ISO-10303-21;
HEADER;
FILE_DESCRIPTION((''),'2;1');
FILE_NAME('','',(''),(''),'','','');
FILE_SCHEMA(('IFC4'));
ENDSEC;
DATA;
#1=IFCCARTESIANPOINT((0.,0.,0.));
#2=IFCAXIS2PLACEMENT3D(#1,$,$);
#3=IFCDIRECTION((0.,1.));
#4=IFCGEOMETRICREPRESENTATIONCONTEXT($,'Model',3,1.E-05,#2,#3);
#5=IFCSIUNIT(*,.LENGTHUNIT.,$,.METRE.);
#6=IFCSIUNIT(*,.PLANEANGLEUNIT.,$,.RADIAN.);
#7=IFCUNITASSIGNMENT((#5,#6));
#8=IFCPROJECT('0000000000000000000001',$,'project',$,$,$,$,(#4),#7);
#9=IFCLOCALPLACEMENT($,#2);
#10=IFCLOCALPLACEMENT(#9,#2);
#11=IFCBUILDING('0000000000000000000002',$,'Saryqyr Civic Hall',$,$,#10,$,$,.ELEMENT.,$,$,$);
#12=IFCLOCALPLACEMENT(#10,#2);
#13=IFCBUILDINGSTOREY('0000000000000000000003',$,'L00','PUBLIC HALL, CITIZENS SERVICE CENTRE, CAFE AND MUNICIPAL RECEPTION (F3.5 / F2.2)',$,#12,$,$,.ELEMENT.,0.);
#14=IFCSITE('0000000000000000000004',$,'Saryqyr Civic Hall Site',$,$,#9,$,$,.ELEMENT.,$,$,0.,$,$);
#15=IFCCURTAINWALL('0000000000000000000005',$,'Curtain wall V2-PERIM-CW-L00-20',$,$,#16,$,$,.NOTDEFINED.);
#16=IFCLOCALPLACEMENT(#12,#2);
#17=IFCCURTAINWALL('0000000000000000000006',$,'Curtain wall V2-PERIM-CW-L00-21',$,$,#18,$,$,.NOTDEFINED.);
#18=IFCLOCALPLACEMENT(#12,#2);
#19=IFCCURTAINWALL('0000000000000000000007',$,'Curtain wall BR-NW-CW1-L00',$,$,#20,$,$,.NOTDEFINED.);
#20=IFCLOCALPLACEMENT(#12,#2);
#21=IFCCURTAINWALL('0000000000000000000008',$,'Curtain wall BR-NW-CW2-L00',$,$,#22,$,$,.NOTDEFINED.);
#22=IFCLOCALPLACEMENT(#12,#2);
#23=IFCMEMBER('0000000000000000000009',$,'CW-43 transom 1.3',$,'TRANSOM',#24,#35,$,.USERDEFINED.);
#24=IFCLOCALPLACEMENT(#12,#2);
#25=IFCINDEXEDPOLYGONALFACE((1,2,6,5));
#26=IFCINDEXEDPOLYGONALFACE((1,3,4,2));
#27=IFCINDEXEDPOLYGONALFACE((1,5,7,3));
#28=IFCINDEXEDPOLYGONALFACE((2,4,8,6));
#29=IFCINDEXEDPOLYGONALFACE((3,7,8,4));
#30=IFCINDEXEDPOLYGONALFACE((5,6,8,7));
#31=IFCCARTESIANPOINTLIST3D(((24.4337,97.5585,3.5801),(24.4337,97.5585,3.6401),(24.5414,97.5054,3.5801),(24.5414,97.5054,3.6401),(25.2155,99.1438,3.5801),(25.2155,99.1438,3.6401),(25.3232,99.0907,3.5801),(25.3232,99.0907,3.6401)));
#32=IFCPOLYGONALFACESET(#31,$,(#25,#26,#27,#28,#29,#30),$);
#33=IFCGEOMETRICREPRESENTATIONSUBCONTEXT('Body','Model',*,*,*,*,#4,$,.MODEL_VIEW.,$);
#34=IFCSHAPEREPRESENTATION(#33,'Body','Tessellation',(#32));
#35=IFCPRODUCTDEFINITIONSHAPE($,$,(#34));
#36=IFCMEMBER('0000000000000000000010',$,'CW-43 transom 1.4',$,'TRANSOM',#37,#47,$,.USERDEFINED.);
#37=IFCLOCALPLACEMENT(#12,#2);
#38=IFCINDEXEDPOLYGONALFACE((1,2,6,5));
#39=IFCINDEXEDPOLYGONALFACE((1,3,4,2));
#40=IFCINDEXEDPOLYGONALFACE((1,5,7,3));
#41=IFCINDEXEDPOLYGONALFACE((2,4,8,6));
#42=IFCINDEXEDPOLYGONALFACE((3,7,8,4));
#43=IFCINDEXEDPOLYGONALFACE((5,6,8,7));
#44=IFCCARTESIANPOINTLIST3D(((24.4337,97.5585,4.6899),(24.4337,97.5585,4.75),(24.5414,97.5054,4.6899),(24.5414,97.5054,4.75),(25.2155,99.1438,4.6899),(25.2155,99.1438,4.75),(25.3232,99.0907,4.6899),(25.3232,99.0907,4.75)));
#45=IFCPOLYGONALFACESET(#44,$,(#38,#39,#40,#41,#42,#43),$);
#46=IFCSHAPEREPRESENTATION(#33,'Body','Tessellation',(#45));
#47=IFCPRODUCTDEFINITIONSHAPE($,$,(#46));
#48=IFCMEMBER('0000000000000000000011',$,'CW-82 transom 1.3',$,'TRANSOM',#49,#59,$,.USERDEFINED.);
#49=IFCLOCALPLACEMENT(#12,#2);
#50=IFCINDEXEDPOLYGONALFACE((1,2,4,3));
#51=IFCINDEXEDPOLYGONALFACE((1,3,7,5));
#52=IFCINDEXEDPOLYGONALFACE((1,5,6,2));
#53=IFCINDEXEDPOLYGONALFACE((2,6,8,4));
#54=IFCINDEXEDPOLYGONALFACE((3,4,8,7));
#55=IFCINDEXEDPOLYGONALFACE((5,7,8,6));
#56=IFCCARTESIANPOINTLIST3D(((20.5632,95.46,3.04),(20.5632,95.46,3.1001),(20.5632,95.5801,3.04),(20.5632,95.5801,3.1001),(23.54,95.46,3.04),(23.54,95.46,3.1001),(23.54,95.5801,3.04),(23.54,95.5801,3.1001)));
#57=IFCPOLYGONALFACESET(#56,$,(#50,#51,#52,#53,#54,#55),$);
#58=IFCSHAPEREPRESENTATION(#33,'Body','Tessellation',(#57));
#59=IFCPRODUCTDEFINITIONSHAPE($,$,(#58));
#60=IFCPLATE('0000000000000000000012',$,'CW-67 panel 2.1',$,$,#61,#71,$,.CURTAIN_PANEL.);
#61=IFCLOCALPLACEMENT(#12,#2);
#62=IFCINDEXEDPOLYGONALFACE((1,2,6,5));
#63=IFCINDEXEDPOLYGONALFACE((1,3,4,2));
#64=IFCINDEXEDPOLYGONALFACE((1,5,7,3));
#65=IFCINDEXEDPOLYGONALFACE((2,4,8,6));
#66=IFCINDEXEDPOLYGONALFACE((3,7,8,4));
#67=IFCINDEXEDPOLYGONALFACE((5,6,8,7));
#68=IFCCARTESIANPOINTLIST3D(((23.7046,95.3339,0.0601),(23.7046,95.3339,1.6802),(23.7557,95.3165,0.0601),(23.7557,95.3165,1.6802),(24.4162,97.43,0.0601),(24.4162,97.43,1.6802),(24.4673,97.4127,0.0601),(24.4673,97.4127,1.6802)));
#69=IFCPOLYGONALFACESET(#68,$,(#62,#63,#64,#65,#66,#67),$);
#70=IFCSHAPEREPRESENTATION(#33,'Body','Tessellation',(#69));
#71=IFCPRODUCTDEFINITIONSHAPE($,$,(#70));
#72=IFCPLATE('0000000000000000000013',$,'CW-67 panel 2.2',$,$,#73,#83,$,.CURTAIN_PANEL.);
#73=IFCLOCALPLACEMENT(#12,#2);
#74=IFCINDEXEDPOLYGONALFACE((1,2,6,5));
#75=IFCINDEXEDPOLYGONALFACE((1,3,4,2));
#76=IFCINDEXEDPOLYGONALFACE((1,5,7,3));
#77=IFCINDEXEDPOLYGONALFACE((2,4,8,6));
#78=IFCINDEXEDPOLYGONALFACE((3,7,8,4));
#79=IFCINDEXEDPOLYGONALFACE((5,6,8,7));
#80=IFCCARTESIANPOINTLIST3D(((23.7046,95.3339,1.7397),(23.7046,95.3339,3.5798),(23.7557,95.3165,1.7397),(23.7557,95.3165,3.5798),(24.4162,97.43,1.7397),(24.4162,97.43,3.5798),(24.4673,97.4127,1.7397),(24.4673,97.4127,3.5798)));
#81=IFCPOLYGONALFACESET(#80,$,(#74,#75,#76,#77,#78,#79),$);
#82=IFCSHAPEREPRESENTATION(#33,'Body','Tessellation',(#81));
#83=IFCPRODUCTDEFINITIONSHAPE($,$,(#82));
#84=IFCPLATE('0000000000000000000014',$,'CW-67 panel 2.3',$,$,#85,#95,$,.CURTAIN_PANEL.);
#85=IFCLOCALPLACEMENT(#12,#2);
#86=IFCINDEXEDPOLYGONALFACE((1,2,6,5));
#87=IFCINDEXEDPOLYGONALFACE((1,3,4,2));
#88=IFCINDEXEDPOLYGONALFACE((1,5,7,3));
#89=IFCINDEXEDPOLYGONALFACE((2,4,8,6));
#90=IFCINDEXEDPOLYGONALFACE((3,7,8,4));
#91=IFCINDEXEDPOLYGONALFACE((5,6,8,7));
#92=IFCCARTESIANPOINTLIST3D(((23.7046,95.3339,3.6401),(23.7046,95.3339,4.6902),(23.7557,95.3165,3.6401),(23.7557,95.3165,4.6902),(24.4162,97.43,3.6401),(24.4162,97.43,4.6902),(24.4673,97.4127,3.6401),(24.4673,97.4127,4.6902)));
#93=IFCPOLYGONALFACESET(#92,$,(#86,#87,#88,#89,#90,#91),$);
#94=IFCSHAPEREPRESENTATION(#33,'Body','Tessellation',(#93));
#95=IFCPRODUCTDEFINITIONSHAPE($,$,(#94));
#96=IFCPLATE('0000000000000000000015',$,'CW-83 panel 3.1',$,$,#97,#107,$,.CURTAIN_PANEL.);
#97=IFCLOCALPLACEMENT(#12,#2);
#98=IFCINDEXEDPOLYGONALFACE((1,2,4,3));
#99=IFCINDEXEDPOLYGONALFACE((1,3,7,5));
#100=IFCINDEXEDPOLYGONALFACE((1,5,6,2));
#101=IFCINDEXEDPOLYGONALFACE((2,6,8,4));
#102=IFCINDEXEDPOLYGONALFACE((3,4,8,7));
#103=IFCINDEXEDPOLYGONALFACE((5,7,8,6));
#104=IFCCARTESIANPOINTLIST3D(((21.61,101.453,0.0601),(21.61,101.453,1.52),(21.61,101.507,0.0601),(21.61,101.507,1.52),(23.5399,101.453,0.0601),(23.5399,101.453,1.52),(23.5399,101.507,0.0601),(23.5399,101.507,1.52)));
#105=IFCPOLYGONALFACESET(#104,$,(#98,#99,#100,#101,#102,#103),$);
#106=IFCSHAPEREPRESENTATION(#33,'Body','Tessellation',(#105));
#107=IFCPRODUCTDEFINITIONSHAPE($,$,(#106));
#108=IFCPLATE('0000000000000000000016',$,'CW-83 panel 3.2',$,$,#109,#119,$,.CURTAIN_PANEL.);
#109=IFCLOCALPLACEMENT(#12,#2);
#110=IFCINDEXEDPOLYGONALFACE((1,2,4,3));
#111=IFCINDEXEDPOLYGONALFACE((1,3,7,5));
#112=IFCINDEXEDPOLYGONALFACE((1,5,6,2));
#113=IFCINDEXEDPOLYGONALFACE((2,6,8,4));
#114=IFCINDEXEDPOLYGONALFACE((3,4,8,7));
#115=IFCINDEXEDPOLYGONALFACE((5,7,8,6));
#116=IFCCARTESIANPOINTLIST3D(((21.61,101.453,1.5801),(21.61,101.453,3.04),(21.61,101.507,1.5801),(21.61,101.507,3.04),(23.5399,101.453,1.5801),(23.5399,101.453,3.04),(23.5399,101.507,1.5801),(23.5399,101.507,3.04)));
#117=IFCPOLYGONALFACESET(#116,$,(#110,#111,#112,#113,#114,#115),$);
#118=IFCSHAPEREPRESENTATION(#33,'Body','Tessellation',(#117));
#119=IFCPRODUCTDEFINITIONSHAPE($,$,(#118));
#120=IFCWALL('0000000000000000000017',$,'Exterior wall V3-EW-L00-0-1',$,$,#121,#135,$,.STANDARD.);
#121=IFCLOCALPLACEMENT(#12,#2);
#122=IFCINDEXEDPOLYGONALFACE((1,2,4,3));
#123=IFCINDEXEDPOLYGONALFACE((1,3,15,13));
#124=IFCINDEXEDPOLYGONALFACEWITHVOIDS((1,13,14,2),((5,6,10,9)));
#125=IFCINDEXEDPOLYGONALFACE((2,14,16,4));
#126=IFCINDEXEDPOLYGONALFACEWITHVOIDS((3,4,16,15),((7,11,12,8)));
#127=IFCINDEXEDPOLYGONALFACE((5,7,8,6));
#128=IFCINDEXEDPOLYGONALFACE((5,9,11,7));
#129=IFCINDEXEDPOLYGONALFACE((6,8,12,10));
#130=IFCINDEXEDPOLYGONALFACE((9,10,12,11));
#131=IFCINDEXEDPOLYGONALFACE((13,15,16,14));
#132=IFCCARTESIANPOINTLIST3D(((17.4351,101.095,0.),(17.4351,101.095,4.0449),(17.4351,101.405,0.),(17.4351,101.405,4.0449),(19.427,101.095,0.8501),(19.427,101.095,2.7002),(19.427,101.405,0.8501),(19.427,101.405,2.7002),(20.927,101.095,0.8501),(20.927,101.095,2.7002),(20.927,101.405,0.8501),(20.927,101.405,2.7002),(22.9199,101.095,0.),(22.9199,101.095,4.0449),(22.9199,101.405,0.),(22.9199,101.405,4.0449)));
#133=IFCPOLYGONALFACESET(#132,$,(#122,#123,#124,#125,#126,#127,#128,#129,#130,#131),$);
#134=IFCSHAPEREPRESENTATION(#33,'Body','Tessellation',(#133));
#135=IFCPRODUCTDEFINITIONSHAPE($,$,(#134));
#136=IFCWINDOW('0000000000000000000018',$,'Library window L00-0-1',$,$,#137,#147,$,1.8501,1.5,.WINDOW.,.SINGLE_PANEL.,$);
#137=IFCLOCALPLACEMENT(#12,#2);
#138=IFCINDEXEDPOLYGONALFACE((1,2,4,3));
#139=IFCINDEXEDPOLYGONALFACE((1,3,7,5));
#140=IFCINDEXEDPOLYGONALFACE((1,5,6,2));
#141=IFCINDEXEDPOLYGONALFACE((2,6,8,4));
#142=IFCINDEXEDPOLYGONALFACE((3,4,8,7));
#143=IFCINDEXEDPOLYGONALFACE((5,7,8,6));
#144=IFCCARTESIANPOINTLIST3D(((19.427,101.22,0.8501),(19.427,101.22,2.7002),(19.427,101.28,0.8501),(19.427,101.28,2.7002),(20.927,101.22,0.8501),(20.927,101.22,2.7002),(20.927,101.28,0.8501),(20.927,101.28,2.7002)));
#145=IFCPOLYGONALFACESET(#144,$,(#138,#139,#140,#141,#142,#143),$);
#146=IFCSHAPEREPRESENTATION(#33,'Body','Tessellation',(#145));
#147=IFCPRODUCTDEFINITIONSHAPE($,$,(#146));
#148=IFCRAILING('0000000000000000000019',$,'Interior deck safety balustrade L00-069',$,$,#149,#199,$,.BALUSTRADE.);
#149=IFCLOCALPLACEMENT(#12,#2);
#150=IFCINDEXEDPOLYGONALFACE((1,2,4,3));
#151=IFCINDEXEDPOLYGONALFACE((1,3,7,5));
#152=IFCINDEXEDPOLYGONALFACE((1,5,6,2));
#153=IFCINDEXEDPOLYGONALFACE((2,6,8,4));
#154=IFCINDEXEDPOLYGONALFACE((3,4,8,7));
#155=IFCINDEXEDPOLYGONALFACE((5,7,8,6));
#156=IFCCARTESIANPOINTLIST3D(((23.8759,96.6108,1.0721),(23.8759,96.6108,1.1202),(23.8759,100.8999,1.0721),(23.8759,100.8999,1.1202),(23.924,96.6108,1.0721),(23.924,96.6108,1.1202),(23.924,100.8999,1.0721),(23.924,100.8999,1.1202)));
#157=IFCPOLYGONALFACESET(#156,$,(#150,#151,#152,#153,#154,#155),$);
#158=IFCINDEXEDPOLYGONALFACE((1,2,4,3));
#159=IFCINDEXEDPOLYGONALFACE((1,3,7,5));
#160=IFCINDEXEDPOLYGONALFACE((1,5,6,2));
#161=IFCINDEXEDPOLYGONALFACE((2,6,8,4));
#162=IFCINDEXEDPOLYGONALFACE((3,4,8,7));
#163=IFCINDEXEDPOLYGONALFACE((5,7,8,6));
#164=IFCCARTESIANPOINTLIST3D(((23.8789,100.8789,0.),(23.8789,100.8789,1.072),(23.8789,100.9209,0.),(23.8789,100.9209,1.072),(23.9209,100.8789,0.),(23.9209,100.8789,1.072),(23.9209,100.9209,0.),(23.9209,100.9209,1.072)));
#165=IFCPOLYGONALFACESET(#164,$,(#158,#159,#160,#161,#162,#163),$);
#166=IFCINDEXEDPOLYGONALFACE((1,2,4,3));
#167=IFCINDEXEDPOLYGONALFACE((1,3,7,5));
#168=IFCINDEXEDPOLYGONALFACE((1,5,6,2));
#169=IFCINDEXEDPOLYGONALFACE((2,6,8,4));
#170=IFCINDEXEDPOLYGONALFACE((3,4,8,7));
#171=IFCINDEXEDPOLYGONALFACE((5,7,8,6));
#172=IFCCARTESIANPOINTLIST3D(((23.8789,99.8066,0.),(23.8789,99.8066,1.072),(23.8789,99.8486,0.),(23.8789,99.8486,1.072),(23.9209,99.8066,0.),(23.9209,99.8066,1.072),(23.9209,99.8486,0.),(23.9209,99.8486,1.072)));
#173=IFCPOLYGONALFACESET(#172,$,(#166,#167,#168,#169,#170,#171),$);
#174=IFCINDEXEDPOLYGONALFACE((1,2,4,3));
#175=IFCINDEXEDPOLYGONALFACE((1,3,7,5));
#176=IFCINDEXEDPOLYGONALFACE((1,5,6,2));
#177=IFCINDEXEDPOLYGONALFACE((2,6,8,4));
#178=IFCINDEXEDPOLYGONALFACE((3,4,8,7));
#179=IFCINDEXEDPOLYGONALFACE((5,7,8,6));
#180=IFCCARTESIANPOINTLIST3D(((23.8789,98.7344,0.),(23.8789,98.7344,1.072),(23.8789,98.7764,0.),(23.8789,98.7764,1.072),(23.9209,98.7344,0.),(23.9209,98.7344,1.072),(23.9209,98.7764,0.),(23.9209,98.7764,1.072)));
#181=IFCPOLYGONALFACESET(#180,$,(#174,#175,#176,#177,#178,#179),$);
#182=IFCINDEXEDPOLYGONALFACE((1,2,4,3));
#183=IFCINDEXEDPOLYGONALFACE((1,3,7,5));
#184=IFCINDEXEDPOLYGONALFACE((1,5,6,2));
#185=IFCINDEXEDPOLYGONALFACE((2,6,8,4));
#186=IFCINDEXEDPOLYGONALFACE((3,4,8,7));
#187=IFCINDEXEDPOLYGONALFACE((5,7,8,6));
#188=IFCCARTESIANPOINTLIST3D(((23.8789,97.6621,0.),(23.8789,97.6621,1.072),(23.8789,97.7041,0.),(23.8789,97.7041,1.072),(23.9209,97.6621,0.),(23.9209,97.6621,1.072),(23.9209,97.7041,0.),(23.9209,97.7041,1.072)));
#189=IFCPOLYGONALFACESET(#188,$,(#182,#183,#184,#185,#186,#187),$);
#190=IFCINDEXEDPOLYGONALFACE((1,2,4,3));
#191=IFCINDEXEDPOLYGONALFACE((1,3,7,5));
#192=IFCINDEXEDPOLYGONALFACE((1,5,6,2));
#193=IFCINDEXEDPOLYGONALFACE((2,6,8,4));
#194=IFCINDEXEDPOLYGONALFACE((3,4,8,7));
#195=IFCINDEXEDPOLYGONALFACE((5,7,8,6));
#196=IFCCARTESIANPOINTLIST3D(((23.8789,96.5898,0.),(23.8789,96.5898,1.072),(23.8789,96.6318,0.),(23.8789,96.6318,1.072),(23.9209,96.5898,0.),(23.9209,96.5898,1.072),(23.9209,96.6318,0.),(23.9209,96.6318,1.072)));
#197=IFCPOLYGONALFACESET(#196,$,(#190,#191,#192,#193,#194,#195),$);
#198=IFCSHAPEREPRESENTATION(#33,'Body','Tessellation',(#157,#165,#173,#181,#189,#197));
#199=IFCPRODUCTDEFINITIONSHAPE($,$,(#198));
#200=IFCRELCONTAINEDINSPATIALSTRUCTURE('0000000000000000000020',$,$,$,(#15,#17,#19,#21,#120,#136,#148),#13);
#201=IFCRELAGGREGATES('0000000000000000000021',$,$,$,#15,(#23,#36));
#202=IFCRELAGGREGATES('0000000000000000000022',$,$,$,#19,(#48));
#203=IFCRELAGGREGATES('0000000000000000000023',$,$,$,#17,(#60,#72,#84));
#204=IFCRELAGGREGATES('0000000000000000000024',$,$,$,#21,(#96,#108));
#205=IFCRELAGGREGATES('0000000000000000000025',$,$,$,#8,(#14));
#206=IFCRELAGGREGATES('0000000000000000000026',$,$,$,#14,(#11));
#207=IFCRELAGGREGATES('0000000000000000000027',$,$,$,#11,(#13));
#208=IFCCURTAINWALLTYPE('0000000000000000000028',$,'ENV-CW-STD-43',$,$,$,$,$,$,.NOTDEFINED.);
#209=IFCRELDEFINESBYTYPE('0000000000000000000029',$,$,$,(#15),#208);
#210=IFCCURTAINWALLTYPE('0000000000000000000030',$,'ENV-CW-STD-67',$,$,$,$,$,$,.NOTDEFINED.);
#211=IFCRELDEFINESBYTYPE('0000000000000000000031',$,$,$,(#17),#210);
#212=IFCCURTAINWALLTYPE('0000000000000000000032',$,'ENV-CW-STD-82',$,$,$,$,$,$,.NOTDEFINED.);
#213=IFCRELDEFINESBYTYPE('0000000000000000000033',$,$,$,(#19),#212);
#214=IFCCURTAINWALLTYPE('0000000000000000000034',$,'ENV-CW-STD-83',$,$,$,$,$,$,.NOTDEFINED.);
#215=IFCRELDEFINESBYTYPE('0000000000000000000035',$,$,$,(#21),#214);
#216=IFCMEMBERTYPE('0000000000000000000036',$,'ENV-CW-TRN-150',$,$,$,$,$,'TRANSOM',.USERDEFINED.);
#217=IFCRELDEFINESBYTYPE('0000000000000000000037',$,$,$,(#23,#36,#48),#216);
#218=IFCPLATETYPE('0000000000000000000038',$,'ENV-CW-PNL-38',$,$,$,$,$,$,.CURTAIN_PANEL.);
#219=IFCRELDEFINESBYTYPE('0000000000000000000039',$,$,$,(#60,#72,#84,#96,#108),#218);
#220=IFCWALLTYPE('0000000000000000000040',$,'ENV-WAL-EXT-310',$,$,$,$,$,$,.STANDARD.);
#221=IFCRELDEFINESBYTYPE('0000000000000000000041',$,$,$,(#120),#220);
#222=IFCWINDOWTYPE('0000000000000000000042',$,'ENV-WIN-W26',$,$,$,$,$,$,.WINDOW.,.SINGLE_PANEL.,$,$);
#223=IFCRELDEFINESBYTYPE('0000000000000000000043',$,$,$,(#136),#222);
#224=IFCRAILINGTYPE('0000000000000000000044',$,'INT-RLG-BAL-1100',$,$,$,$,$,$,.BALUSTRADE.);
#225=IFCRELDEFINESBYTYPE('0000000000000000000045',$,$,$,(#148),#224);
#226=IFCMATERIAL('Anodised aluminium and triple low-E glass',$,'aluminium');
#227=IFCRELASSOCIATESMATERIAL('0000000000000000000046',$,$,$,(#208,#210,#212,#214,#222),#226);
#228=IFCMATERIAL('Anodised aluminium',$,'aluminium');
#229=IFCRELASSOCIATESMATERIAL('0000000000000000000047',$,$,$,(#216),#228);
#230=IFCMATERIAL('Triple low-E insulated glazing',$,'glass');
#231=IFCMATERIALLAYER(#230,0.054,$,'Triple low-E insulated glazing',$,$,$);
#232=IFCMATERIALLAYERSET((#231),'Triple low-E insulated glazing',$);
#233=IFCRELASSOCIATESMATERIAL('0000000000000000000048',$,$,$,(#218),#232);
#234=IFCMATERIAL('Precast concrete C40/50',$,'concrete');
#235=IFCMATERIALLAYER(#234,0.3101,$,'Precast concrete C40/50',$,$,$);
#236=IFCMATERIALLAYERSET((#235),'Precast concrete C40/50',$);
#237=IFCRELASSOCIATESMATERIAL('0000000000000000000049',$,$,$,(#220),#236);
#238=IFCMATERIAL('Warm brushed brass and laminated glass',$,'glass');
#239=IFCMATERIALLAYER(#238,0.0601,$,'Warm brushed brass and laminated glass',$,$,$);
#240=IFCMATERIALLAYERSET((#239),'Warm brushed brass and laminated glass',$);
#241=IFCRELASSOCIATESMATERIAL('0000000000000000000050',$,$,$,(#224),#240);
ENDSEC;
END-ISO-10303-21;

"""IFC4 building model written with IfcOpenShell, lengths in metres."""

from ifc_helpers import new_model, si_unit, direction, frame, frame_2d, origin, origin_2d, place, context, subcontext, project, spatial, rectangle, extrude, material, layer, layer_set, material_profile, profile_set, type_object, element, fill, aggregate, save


model = new_model("IFC4")

# Units and contexts
model_context = context("Model", 3, precision=1e-05, world=origin(), true_north=direction((0.0, 1.0)))
body_context = subcontext(model_context, "Body", "Model", "MODEL_VIEW")
ifc_project = project(units=[si_unit("LENGTHUNIT", "METRE"), si_unit("PLANEANGLEUNIT", "RADIAN")], contexts=[model_context])

# Site, building, storey
site_placement = place(None, origin())
site = spatial("IfcSite", under=ifc_project, at=site_placement, Name="Saryqyr Civic Hall Site", CompositionType="ELEMENT", RefElevation=0.0)
building_placement = place(site_placement, origin())
building = spatial("IfcBuilding", under=site, at=building_placement, Name="Saryqyr Civic Hall", CompositionType="ELEMENT")
storey_placement = place(building_placement, origin())
storey = spatial("IfcBuildingStorey", under=building, at=storey_placement, Name="L00", Description="PUBLIC HALL, CITIZENS SERVICE CENTRE, CAFE AND MUNICIPAL RECEPTION (F3.5 / F2.2)", CompositionType="ELEMENT", Elevation=0.0)

# Curtain walls
ifc_material_1 = material(Name="Anodised aluminium and triple low-E glass", Category="aluminium")
curtain_wall_type_1 = type_object("IfcCurtainWallType", Name="ENV-CW-STD-43", PredefinedType="NOTDEFINED", material=ifc_material_1)
curtain_wall_1_placement = place(storey_placement, origin())
curtain_wall_1 = element("IfcCurtainWall", 1, at=curtain_wall_1_placement, inside=storey, type_object=curtain_wall_type_1, Name="Curtain wall V2-PERIM-CW-L00-20", PredefinedType="NOTDEFINED")
ifc_material_2 = material(Name="Anodised aluminium", Category="aluminium")
curtain_wall_type_2 = type_object("IfcCurtainWallType", Name="ENV-CW-STD-67", PredefinedType="NOTDEFINED", material=ifc_material_1)
curtain_wall_2_placement = place(storey_placement, origin())
curtain_wall_2 = element("IfcCurtainWall", 2, at=curtain_wall_2_placement, inside=storey, type_object=curtain_wall_type_2, Name="Curtain wall V2-PERIM-CW-L00-21", PredefinedType="NOTDEFINED")
curtain_wall_type_3 = type_object("IfcCurtainWallType", Name="ENV-CW-STD-82", PredefinedType="NOTDEFINED", material=ifc_material_1)
curtain_wall_3_placement = place(storey_placement, origin())
curtain_wall_3 = element("IfcCurtainWall", 3, at=curtain_wall_3_placement, inside=storey, type_object=curtain_wall_type_3, Name="Curtain wall BR-NW-CW1-L00", PredefinedType="NOTDEFINED")
curtain_wall_type_4 = type_object("IfcCurtainWallType", Name="ENV-CW-STD-83", PredefinedType="NOTDEFINED", material=ifc_material_1)
curtain_wall_4_placement = place(storey_placement, origin())
curtain_wall_4 = element("IfcCurtainWall", 4, at=curtain_wall_4_placement, inside=storey, type_object=curtain_wall_type_4, Name="Curtain wall BR-NW-CW2-L00", PredefinedType="NOTDEFINED")

# Members
ifc_material_profile_1 = material_profile(ifc_material_2, rectangle(XDim=0.1201, YDim=0.0601, at=origin_2d()), Name="ALU TRANSOM 120x60")
ifc_profile_set_1 = profile_set([ifc_material_profile_1], Name="Anodised aluminium")
member_type_1 = type_object("IfcMemberType", Name="ENV-CW-TRN-150", ElementType="TRANSOM", PredefinedType="USERDEFINED", material=ifc_profile_set_1)
member_1_placement = place(storey_placement, frame((24.4875, 97.532, 3.6101), z_axis=(0.442289, 0.896872, 0.0), x_axis=(-0.896872, 0.442289, 0.0)))
member_1 = element("IfcMember", 5, at=member_1_placement, type_object=member_type_1, Name="CW-43 transom 1.3", ObjectType="TRANSOM", PredefinedType="USERDEFINED", context=body_context, shape_type="SweptSolid", body=[
    extrude(rectangle(XDim=0.1201, YDim=0.0601, at=origin_2d()), origin(), (0.0, 0.0, 1.0), 1.7676),
])
member_2_placement = place(storey_placement, frame((24.4875, 97.532, 4.72), z_axis=(0.442289, 0.896872, 0.0), x_axis=(-0.896872, 0.442289, 0.0)))
member_2 = element("IfcMember", 6, at=member_2_placement, type_object=member_type_1, Name="CW-43 transom 1.4", ObjectType="TRANSOM", PredefinedType="USERDEFINED", context=body_context, shape_type="SweptSolid", body=[
    extrude(rectangle(XDim=0.1201, YDim=0.0601, at=origin_2d()), origin(), (0.0, 0.0, 1.0), 1.7676),
])
aggregate(curtain_wall_1, [member_1, member_2])
member_3_placement = place(storey_placement, frame((23.54, 95.52, 3.0701), z_axis=(-1.0, 0.0, 0.0), x_axis=(0.0, -1.0, 0.0)))
member_3 = element("IfcMember", 7, at=member_3_placement, type_object=member_type_1, Name="CW-82 transom 1.3", ObjectType="TRANSOM", PredefinedType="USERDEFINED", context=body_context, shape_type="SweptSolid", body=[
    extrude(rectangle(XDim=0.1201, YDim=0.0601, at=origin_2d()), origin(), (0.0, 0.0, 1.0), 2.9768),
])
aggregate(curtain_wall_3, [member_3])

# Plates
ifc_material_3 = material(Name="Triple low-E insulated glazing", Category="glass")
ifc_layer_1 = layer(ifc_material_3, 0.054, Name="Triple low-E insulated glazing")
ifc_layer_set_1 = layer_set([ifc_layer_1], Name="Triple low-E insulated glazing")
plate_type = type_object("IfcPlateType", Name="ENV-CW-PNL-38", PredefinedType="CURTAIN_PANEL", material=ifc_layer_set_1)
plate_1_placement = place(storey_placement, frame((24.0859, 96.3733, 0.0601), z_axis=(0.0, 0.0, 1.0), x_axis=(0.321445, 0.946928, 0.0)))
plate_1 = element("IfcPlate", 8, at=plate_1_placement, type_object=plate_type, Name="CW-67 panel 2.1", PredefinedType="CURTAIN_PANEL", context=body_context, shape_type="SweptSolid", body=[
    extrude(rectangle(XDim=2.2136, YDim=0.054, at=origin_2d()), origin(), (0.0, 0.0, 1.0), 1.6201),
])
plate_2_placement = place(storey_placement, frame((24.0859, 96.3733, 1.7397), z_axis=(0.0, 0.0, 1.0), x_axis=(0.321445, 0.946928, 0.0)))
plate_2 = element("IfcPlate", 9, at=plate_2_placement, type_object=plate_type, Name="CW-67 panel 2.2", PredefinedType="CURTAIN_PANEL", context=body_context, shape_type="SweptSolid", body=[
    extrude(rectangle(XDim=2.2136, YDim=0.054, at=origin_2d()), origin(), (0.0, 0.0, 1.0), 1.8401),
])
plate_3_placement = place(storey_placement, frame((24.0859, 96.3733, 3.6401), z_axis=(0.0, 0.0, 1.0), x_axis=(0.321445, 0.946928, 0.0)))
plate_3 = element("IfcPlate", 10, at=plate_3_placement, type_object=plate_type, Name="CW-67 panel 2.3", PredefinedType="CURTAIN_PANEL", context=body_context, shape_type="SweptSolid", body=[
    extrude(rectangle(XDim=2.2136, YDim=0.054, at=origin_2d()), origin(), (0.0, 0.0, 1.0), 1.05),
])
aggregate(curtain_wall_2, [plate_1, plate_2, plate_3])
plate_4_placement = place(storey_placement, frame((22.575, 101.48, 0.0601), z_axis=(0.0, 0.0, 1.0), x_axis=(1.0, 0.0, 0.0)))
plate_4 = element("IfcPlate", 11, at=plate_4_placement, type_object=plate_type, Name="CW-83 panel 3.1", PredefinedType="CURTAIN_PANEL", context=body_context, shape_type="SweptSolid", body=[
    extrude(rectangle(XDim=1.9299, YDim=0.054, at=origin_2d()), origin(), (0.0, 0.0, 1.0), 1.46),
])
plate_5_placement = place(storey_placement, frame((22.575, 101.48, 1.5801), z_axis=(0.0, 0.0, 1.0), x_axis=(1.0, 0.0, 0.0)))
plate_5 = element("IfcPlate", 12, at=plate_5_placement, type_object=plate_type, Name="CW-83 panel 3.2", PredefinedType="CURTAIN_PANEL", context=body_context, shape_type="SweptSolid", body=[
    extrude(rectangle(XDim=1.9299, YDim=0.054, at=origin_2d()), origin(), (0.0, 0.0, 1.0), 1.46),
])
aggregate(curtain_wall_4, [plate_4, plate_5])

# Wall, opening, window
ifc_material_4 = material(Name="Precast concrete C40/50", Category="concrete")
ifc_layer_2 = layer(ifc_material_4, 0.3101, Name="Precast concrete C40/50")
ifc_layer_set_2 = layer_set([ifc_layer_2], Name="Precast concrete C40/50")
wall_type = type_object("IfcWallType", Name="ENV-WAL-EXT-310", PredefinedType="STANDARD", material=ifc_layer_set_2)
wall_placement = place(storey_placement, frame((22.9199, 101.25, 0.0), z_axis=(0.0, 0.0, 1.0), x_axis=(-1.0, 0.0, 0.0)))
wall = element("IfcWall", 13, at=wall_placement, inside=storey, type_object=wall_type, Name="Exterior wall V3-EW-L00-0-1", PredefinedType="STANDARD", context=body_context, shape_type="SweptSolid", body=[
    extrude(rectangle(XDim=5.4849, YDim=0.3101, at=frame_2d((2.7424, 0.0))), origin(), (0.0, 0.0, 1.0), 4.0449),
])
opening_placement = place(wall_placement, frame((1.9929, 0.0, 0.8501)))
opening = element("IfcOpeningElement", 14, at=opening_placement, cuts=wall, PredefinedType="OPENING", context=body_context, shape_type="SweptSolid", body=[
    extrude(rectangle(XDim=1.5, YDim=1.8501, at=frame_2d((0.75, 0.925))), frame((0.0, 0.165, 0.0), z_axis=(0.0, -1.0, 0.0), x_axis=(1.0, 0.0, 0.0)), (0.0, 0.0, 1.0), 0.3301),
])
window_type = type_object("IfcWindowType", Name="ENV-WIN-W26", PartitioningType="SINGLE_PANEL", PredefinedType="WINDOW", material=ifc_material_1)
window_placement = place(opening_placement, origin())
window = element("IfcWindow", 15, at=window_placement, inside=storey, type_object=window_type, Name="Library window L00-0-1", OverallHeight=1.8501, OverallWidth=1.5, PartitioningType="SINGLE_PANEL", PredefinedType="WINDOW", context=body_context, shape_type="SweptSolid", body=[
    extrude(rectangle(XDim=1.5, YDim=1.8501, at=frame_2d((0.75, 0.925))), frame((0.0, 0.03, 0.0), z_axis=(0.0, -1.0, 0.0), x_axis=(1.0, 0.0, 0.0)), (0.0, 0.0, 1.0), 0.0601),
])
fill(opening, window)

# Railing
ifc_material_5 = material(Name="Warm brushed brass and laminated glass", Category="glass")
ifc_layer_3 = layer(ifc_material_5, 0.0601, Name="Warm brushed brass and laminated glass")
ifc_layer_set_3 = layer_set([ifc_layer_3], Name="Warm brushed brass and laminated glass")
railing_type = type_object("IfcRailingType", Name="INT-RLG-BAL-1100", PredefinedType="BALUSTRADE", material=ifc_layer_set_3)
railing_1_placement = place(storey_placement, frame((23.8999, 100.8999, 0.0)))
element("IfcRailing", 16, at=railing_1_placement, inside=storey, type_object=railing_type, Name="Interior deck safety balustrade L00-069", PredefinedType="BALUSTRADE", context=body_context, shape_type="SweptSolid", body=[
    extrude(rectangle(XDim=0.0481, YDim=0.0481, at=origin_2d()), frame((0.0, 0.0, 1.0962), z_axis=(0.0, -1.0, 0.0), x_axis=(1.0, 0.0, 0.0)), (0.0, 0.0, 1.0), 4.2891),
    extrude(rectangle(XDim=0.042, YDim=0.042, at=origin_2d()), origin(), (0.0, 0.0, 1.0), 1.072),
    extrude(rectangle(XDim=0.042, YDim=0.042, at=origin_2d()), frame((0.0, -1.0723, 0.0)), (0.0, 0.0, 1.0), 1.072),
    extrude(rectangle(XDim=0.042, YDim=0.042, at=origin_2d()), frame((0.0, -2.1445, 0.0)), (0.0, 0.0, 1.0), 1.072),
    extrude(rectangle(XDim=0.042, YDim=0.042, at=origin_2d()), frame((0.0, -3.2168, 0.0)), (0.0, 0.0, 1.0), 1.072),
    extrude(rectangle(XDim=0.042, YDim=0.042, at=origin_2d()), frame((0.0, -4.2891, 0.0)), (0.0, 0.0, 1.0), 1.072),
])

save(model, "model.ifc")
